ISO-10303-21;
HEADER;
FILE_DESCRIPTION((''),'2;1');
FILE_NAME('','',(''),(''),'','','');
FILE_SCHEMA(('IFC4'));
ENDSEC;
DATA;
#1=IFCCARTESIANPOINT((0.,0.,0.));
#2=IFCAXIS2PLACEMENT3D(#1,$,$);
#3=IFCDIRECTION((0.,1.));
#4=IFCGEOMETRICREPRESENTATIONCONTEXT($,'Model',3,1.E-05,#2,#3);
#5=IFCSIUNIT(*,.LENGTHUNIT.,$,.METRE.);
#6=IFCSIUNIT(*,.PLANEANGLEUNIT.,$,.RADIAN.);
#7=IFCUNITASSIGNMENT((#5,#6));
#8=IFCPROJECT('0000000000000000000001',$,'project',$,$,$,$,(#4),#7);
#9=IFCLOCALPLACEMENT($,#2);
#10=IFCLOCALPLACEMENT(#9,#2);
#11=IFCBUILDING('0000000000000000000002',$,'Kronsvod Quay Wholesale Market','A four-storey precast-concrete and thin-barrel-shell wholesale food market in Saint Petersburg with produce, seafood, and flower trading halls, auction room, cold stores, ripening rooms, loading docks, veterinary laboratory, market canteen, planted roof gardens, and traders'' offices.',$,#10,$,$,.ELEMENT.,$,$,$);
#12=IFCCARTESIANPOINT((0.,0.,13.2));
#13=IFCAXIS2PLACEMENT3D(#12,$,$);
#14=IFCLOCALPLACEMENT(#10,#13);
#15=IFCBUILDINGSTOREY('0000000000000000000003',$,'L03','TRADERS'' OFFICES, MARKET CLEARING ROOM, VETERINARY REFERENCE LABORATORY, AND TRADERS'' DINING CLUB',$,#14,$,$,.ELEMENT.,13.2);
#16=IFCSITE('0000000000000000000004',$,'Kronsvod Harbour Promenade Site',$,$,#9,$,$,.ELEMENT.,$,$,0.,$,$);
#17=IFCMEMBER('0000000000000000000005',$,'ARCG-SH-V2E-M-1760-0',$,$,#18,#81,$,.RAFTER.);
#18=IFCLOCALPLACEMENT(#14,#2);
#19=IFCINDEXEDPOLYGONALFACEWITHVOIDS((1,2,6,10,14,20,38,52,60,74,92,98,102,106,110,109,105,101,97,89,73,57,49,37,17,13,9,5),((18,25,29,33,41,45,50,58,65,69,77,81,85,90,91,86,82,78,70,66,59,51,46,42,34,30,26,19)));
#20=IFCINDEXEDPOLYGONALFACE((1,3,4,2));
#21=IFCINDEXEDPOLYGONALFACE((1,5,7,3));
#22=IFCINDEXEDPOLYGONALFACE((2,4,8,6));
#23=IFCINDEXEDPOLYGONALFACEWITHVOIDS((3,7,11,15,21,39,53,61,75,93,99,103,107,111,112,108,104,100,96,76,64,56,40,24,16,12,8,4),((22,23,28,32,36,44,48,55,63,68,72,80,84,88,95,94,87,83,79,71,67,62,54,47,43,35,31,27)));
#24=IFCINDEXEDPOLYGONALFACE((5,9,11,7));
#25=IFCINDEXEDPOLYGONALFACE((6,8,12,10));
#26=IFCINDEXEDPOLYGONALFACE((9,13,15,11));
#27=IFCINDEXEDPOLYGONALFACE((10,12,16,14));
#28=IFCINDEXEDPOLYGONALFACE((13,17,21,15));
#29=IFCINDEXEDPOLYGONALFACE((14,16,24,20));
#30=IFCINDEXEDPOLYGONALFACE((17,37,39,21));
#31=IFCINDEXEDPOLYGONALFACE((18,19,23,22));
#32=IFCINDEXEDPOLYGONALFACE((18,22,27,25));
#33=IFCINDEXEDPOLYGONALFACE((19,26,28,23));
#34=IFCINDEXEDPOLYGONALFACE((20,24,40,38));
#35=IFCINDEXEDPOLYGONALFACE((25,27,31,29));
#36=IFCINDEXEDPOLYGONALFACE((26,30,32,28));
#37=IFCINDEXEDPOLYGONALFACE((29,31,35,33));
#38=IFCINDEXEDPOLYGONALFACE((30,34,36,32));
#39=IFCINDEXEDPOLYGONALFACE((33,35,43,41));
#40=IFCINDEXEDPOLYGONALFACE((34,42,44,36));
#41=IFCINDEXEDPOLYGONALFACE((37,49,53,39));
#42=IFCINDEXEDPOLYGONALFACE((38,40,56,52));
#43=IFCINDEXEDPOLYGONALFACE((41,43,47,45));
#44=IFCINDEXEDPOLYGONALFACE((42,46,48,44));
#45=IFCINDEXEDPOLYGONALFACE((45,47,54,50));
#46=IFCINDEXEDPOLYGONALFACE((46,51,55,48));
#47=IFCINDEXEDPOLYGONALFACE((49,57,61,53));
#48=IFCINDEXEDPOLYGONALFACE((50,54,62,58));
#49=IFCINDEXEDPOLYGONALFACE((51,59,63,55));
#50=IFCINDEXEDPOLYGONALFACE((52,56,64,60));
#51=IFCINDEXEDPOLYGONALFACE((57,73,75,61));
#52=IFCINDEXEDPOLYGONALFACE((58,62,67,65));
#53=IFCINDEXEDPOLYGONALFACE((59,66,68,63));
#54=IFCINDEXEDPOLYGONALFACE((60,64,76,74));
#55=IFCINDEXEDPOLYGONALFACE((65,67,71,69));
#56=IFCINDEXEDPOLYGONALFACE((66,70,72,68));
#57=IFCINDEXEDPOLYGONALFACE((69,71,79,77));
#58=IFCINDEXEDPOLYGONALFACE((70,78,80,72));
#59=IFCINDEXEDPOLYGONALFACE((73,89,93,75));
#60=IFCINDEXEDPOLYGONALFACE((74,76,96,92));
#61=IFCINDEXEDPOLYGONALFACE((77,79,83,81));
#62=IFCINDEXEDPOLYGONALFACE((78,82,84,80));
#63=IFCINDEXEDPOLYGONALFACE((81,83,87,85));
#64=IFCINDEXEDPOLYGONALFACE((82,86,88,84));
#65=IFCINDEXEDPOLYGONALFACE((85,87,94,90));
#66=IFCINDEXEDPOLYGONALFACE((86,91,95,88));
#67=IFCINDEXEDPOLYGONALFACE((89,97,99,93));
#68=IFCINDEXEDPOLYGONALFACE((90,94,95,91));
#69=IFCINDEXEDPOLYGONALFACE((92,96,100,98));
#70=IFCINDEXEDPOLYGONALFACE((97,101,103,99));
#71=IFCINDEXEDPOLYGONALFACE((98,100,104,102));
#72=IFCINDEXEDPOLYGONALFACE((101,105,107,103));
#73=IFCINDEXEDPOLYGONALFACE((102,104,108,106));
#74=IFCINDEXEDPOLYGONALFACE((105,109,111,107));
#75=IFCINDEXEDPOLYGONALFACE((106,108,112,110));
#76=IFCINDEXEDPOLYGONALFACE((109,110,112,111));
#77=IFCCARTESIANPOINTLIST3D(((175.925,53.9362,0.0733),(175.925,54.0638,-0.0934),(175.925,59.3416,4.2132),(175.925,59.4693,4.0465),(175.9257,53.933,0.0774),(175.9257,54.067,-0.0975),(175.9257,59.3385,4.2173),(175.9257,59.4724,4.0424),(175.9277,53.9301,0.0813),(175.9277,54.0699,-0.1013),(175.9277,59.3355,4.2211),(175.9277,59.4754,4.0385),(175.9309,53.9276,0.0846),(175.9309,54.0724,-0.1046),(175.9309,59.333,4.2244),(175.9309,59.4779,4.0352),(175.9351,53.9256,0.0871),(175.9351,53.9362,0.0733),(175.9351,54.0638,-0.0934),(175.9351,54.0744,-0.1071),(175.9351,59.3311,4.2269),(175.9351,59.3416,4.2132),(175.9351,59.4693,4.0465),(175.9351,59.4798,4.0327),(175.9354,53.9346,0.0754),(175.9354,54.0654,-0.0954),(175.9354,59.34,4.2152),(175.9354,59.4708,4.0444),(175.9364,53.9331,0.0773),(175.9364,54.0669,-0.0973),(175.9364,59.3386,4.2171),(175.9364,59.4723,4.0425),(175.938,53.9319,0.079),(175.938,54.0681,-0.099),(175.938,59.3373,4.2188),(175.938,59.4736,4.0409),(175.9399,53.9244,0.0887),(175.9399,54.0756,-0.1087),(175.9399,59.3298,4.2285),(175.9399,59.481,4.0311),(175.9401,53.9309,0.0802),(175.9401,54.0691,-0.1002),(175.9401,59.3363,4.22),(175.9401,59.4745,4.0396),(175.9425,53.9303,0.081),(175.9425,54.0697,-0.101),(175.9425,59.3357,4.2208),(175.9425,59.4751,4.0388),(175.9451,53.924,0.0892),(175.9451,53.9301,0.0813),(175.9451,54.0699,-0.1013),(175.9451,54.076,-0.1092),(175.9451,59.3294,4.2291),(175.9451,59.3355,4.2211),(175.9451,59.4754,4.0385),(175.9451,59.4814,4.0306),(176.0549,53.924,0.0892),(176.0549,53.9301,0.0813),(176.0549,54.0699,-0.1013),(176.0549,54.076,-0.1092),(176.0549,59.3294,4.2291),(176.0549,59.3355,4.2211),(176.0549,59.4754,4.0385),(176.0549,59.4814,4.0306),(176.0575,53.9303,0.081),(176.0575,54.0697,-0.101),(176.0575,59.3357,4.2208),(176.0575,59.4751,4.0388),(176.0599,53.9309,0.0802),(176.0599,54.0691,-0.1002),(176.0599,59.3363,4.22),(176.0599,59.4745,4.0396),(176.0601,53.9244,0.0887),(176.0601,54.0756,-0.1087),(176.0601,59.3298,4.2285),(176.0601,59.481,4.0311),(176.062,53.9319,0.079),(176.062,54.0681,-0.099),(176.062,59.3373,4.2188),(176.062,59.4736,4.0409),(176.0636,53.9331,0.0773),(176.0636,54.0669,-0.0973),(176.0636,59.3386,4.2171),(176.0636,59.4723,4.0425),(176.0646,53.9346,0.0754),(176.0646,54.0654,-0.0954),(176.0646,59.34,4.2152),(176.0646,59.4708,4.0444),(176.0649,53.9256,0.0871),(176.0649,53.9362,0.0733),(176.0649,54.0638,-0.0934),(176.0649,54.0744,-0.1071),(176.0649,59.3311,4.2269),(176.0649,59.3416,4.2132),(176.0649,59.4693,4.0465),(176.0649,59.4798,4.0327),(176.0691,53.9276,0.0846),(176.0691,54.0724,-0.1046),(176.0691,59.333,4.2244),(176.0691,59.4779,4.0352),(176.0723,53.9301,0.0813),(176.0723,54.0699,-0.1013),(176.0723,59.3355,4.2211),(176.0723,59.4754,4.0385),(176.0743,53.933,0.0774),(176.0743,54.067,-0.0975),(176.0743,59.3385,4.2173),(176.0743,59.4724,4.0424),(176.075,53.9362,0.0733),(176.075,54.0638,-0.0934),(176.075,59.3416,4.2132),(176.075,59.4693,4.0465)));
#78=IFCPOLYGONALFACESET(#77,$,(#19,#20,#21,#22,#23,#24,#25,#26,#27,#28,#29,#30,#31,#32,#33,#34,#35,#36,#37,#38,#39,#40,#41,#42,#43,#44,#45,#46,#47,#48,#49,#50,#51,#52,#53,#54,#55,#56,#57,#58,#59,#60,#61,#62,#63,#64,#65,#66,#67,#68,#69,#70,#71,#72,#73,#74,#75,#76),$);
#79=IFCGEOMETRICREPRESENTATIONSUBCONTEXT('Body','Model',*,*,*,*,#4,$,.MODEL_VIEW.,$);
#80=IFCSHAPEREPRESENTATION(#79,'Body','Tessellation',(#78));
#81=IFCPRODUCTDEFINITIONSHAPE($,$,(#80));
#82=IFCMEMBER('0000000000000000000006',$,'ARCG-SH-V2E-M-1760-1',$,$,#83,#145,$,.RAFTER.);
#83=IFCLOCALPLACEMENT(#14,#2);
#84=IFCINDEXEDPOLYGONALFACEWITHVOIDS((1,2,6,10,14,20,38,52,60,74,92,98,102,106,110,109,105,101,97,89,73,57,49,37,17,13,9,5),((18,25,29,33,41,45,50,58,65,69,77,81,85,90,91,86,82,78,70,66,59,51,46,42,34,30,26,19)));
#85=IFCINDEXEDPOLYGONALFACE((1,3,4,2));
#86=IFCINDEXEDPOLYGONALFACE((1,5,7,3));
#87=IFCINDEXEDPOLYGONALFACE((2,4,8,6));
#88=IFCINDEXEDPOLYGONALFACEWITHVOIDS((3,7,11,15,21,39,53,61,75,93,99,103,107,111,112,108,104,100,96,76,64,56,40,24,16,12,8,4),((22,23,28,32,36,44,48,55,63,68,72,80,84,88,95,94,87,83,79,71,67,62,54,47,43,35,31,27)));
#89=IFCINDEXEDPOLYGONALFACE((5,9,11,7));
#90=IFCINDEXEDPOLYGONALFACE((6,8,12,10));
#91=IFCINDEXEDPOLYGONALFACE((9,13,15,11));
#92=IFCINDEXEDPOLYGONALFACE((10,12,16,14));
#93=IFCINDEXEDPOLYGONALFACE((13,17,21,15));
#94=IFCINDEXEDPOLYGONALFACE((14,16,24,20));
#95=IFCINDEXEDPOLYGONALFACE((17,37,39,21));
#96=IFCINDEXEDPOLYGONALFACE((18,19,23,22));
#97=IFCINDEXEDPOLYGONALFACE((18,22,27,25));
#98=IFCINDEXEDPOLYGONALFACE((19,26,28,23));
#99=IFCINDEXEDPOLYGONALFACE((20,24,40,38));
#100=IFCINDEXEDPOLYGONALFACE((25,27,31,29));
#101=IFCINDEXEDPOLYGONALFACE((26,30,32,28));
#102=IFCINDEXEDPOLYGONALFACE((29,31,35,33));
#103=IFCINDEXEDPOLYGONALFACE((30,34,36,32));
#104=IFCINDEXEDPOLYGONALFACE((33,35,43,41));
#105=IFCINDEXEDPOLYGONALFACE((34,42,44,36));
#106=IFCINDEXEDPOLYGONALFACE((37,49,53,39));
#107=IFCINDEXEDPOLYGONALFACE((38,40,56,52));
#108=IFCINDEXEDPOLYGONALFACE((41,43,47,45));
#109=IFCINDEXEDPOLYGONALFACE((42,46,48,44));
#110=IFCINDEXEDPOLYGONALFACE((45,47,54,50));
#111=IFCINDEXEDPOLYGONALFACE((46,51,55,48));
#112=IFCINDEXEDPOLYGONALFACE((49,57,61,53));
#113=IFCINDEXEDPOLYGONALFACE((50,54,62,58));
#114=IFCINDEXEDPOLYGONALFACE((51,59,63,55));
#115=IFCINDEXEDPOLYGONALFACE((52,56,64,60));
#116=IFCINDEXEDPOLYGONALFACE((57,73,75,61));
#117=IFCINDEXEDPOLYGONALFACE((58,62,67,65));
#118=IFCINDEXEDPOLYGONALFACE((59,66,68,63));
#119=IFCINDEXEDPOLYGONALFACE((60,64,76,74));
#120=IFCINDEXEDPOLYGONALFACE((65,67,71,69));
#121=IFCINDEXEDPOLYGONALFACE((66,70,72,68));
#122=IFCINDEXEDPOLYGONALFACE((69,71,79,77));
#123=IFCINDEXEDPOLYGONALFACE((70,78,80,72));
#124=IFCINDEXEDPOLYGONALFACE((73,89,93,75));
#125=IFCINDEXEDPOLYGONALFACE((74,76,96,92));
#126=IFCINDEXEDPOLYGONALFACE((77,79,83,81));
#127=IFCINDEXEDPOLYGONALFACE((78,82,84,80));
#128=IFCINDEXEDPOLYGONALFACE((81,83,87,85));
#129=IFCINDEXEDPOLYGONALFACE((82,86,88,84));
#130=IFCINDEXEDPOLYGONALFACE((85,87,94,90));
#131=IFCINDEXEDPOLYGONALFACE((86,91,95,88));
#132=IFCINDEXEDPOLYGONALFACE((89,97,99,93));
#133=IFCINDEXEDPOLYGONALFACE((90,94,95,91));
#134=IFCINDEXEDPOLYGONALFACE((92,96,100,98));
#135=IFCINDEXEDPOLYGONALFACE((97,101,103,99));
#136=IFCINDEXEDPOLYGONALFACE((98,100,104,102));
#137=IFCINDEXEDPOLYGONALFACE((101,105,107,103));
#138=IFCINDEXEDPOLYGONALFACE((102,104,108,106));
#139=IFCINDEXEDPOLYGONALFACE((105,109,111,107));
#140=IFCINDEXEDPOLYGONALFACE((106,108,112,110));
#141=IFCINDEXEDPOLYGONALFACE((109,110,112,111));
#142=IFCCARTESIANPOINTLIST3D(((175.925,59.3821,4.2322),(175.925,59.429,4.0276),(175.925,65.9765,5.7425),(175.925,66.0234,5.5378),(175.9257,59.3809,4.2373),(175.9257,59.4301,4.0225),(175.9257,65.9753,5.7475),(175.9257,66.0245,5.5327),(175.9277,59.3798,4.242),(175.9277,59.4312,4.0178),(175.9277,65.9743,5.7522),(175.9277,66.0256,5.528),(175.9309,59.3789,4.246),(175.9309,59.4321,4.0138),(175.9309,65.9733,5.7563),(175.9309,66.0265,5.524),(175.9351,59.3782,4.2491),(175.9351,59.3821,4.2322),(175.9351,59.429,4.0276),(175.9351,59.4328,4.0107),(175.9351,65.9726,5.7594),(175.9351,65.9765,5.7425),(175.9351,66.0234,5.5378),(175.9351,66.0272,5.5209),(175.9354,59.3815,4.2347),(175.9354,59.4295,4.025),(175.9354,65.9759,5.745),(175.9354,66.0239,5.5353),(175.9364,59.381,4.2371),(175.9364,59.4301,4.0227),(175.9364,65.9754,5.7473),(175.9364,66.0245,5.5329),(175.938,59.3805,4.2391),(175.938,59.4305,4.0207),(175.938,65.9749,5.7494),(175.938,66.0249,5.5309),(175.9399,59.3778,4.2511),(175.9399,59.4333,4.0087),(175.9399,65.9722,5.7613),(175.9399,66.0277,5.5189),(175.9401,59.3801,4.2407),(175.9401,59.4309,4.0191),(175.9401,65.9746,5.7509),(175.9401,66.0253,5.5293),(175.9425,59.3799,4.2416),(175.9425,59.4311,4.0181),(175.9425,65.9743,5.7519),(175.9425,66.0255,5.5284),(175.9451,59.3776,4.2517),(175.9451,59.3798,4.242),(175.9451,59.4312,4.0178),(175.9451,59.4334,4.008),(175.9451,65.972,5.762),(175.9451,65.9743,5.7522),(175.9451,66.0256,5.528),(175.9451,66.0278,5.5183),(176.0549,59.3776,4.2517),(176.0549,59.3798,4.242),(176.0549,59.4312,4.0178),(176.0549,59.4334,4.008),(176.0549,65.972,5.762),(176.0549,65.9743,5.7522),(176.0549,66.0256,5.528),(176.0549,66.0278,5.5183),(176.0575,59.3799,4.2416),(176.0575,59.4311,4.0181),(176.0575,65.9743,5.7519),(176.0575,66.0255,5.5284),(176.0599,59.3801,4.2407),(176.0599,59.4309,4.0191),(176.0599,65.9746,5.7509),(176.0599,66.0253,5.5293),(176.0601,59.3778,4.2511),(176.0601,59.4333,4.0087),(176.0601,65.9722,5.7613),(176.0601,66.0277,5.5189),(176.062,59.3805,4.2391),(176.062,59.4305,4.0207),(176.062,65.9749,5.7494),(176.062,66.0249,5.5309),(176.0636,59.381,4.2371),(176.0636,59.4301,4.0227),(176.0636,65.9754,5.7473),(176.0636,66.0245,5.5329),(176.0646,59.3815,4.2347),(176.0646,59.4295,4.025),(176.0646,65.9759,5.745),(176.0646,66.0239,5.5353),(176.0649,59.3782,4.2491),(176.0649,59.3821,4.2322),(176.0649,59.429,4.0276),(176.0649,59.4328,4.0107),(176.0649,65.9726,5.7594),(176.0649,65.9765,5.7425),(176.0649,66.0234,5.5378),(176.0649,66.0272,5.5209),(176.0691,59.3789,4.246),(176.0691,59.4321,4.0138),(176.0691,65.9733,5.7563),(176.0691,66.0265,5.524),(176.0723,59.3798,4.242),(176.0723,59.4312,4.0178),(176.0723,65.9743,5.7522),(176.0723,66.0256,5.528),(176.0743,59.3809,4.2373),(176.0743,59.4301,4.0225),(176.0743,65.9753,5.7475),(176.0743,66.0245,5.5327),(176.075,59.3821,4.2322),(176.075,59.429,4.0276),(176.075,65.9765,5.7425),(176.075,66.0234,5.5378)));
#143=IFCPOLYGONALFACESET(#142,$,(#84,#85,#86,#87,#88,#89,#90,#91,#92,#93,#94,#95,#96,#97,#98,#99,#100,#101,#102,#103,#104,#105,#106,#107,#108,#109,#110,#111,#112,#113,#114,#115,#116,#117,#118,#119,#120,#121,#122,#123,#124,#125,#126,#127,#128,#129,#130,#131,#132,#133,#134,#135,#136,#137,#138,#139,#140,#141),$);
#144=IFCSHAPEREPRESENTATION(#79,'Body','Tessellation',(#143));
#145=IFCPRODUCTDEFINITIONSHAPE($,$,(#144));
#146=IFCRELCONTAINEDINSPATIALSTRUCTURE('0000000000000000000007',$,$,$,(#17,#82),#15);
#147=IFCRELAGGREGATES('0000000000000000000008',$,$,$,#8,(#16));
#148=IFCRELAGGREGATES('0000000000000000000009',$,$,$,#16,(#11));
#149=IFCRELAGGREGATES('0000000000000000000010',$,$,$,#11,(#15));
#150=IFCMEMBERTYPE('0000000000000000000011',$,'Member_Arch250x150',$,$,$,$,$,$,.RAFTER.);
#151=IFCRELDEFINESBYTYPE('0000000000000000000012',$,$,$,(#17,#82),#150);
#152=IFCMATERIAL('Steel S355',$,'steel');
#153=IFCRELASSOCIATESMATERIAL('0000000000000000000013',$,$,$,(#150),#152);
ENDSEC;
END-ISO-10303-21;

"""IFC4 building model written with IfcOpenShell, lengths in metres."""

from ifc_helpers import new_model, si_unit, direction, frame, origin, origin_2d, place, context, subcontext, project, spatial, hollow_rectangle, extrude, material, material_profile, profile_set, type_object, element, save


model = new_model("IFC4")

# Units and contexts
model_context = context("Model", 3, precision=1e-05, world=origin(), true_north=direction((0.0, 1.0)))
body_context = subcontext(model_context, "Body", "Model", "MODEL_VIEW")
ifc_project = project(units=[si_unit("LENGTHUNIT", "METRE"), si_unit("PLANEANGLEUNIT", "RADIAN")], contexts=[model_context])

# Site, building, storey
site_placement = place(None, origin())
site = spatial("IfcSite", under=ifc_project, at=site_placement, Name="Kronsvod Harbour Promenade Site", CompositionType="ELEMENT", RefElevation=0.0)
building_placement = place(site_placement, origin())
building = spatial("IfcBuilding", under=site, at=building_placement, Name="Kronsvod Quay Wholesale Market", Description="A four-storey precast-concrete and thin-barrel-shell wholesale food market in Saint Petersburg with produce, seafood, and flower trading halls, auction room, cold stores, ripening rooms, loading docks, veterinary laboratory, market canteen, planted roof gardens, and traders' offices.", CompositionType="ELEMENT")
storey_placement = place(building_placement, frame((0.0, 0.0, 13.2)))
storey = spatial("IfcBuildingStorey", under=building, at=storey_placement, Name="L03", Description="TRADERS' OFFICES, MARKET CLEARING ROOM, VETERINARY REFERENCE LABORATORY, AND TRADERS' DINING CLUB", CompositionType="ELEMENT", Elevation=13.2)

# Members
ifc_material_1 = material(Name="Steel S355", Category="steel")
ifc_material_profile_1 = material_profile(ifc_material_1, hollow_rectangle(XDim=0.1499, YDim=0.25, WallThickness=0.01, InnerFilletRadius=0.01, OuterFilletRadius=0.02, at=origin_2d()), Name="RHS250x150x10")
ifc_profile_set_1 = profile_set([ifc_material_profile_1], Name="Steel S355")
member_type_1 = type_object("IfcMemberType", Name="Member_Arch250x150", PredefinedType="RAFTER", material=ifc_profile_set_1)
member_1_placement = place(storey_placement, frame((176.0, 54.0, -0.01), z_axis=(0.0, 0.793914, 0.60803), x_axis=(-1.0, 0.0, 0.0)))
element("IfcMember", 1, at=member_1_placement, inside=storey, type_object=member_type_1, Name="ARCG-SH-V2E-M-1760-0", PredefinedType="RAFTER", context=body_context, shape_type="SweptSolid", body=[
    extrude(hollow_rectangle(XDim=0.1499, YDim=0.25, WallThickness=0.01, InnerFilletRadius=0.01, OuterFilletRadius=0.02, at=origin_2d()), origin(), (0.0, 0.0, 1.0), 6.8086),
])
for number, where, z_axis, x_axis, name in (
    (2, (176.0, 59.4055, 4.1299), (0.0, 0.974764, 0.223238), (-1.0, 0.0, 0.0), "ARCG-SH-V2E-M-1760-1"),
):
    element("IfcMember", number, at=place(storey_placement, frame(where, z_axis=z_axis, x_axis=x_axis)), inside=storey, type_object=member_type_1, Name=name, PredefinedType="RAFTER", context=body_context, shape_type="SweptSolid", body=[
        extrude(hollow_rectangle(XDim=0.1499, YDim=0.25, WallThickness=0.01, InnerFilletRadius=0.01, OuterFilletRadius=0.02, at=origin_2d()), origin(), (0.0, 0.0, 1.0), 6.7651),
    ])

save(model, "model.ifc")
